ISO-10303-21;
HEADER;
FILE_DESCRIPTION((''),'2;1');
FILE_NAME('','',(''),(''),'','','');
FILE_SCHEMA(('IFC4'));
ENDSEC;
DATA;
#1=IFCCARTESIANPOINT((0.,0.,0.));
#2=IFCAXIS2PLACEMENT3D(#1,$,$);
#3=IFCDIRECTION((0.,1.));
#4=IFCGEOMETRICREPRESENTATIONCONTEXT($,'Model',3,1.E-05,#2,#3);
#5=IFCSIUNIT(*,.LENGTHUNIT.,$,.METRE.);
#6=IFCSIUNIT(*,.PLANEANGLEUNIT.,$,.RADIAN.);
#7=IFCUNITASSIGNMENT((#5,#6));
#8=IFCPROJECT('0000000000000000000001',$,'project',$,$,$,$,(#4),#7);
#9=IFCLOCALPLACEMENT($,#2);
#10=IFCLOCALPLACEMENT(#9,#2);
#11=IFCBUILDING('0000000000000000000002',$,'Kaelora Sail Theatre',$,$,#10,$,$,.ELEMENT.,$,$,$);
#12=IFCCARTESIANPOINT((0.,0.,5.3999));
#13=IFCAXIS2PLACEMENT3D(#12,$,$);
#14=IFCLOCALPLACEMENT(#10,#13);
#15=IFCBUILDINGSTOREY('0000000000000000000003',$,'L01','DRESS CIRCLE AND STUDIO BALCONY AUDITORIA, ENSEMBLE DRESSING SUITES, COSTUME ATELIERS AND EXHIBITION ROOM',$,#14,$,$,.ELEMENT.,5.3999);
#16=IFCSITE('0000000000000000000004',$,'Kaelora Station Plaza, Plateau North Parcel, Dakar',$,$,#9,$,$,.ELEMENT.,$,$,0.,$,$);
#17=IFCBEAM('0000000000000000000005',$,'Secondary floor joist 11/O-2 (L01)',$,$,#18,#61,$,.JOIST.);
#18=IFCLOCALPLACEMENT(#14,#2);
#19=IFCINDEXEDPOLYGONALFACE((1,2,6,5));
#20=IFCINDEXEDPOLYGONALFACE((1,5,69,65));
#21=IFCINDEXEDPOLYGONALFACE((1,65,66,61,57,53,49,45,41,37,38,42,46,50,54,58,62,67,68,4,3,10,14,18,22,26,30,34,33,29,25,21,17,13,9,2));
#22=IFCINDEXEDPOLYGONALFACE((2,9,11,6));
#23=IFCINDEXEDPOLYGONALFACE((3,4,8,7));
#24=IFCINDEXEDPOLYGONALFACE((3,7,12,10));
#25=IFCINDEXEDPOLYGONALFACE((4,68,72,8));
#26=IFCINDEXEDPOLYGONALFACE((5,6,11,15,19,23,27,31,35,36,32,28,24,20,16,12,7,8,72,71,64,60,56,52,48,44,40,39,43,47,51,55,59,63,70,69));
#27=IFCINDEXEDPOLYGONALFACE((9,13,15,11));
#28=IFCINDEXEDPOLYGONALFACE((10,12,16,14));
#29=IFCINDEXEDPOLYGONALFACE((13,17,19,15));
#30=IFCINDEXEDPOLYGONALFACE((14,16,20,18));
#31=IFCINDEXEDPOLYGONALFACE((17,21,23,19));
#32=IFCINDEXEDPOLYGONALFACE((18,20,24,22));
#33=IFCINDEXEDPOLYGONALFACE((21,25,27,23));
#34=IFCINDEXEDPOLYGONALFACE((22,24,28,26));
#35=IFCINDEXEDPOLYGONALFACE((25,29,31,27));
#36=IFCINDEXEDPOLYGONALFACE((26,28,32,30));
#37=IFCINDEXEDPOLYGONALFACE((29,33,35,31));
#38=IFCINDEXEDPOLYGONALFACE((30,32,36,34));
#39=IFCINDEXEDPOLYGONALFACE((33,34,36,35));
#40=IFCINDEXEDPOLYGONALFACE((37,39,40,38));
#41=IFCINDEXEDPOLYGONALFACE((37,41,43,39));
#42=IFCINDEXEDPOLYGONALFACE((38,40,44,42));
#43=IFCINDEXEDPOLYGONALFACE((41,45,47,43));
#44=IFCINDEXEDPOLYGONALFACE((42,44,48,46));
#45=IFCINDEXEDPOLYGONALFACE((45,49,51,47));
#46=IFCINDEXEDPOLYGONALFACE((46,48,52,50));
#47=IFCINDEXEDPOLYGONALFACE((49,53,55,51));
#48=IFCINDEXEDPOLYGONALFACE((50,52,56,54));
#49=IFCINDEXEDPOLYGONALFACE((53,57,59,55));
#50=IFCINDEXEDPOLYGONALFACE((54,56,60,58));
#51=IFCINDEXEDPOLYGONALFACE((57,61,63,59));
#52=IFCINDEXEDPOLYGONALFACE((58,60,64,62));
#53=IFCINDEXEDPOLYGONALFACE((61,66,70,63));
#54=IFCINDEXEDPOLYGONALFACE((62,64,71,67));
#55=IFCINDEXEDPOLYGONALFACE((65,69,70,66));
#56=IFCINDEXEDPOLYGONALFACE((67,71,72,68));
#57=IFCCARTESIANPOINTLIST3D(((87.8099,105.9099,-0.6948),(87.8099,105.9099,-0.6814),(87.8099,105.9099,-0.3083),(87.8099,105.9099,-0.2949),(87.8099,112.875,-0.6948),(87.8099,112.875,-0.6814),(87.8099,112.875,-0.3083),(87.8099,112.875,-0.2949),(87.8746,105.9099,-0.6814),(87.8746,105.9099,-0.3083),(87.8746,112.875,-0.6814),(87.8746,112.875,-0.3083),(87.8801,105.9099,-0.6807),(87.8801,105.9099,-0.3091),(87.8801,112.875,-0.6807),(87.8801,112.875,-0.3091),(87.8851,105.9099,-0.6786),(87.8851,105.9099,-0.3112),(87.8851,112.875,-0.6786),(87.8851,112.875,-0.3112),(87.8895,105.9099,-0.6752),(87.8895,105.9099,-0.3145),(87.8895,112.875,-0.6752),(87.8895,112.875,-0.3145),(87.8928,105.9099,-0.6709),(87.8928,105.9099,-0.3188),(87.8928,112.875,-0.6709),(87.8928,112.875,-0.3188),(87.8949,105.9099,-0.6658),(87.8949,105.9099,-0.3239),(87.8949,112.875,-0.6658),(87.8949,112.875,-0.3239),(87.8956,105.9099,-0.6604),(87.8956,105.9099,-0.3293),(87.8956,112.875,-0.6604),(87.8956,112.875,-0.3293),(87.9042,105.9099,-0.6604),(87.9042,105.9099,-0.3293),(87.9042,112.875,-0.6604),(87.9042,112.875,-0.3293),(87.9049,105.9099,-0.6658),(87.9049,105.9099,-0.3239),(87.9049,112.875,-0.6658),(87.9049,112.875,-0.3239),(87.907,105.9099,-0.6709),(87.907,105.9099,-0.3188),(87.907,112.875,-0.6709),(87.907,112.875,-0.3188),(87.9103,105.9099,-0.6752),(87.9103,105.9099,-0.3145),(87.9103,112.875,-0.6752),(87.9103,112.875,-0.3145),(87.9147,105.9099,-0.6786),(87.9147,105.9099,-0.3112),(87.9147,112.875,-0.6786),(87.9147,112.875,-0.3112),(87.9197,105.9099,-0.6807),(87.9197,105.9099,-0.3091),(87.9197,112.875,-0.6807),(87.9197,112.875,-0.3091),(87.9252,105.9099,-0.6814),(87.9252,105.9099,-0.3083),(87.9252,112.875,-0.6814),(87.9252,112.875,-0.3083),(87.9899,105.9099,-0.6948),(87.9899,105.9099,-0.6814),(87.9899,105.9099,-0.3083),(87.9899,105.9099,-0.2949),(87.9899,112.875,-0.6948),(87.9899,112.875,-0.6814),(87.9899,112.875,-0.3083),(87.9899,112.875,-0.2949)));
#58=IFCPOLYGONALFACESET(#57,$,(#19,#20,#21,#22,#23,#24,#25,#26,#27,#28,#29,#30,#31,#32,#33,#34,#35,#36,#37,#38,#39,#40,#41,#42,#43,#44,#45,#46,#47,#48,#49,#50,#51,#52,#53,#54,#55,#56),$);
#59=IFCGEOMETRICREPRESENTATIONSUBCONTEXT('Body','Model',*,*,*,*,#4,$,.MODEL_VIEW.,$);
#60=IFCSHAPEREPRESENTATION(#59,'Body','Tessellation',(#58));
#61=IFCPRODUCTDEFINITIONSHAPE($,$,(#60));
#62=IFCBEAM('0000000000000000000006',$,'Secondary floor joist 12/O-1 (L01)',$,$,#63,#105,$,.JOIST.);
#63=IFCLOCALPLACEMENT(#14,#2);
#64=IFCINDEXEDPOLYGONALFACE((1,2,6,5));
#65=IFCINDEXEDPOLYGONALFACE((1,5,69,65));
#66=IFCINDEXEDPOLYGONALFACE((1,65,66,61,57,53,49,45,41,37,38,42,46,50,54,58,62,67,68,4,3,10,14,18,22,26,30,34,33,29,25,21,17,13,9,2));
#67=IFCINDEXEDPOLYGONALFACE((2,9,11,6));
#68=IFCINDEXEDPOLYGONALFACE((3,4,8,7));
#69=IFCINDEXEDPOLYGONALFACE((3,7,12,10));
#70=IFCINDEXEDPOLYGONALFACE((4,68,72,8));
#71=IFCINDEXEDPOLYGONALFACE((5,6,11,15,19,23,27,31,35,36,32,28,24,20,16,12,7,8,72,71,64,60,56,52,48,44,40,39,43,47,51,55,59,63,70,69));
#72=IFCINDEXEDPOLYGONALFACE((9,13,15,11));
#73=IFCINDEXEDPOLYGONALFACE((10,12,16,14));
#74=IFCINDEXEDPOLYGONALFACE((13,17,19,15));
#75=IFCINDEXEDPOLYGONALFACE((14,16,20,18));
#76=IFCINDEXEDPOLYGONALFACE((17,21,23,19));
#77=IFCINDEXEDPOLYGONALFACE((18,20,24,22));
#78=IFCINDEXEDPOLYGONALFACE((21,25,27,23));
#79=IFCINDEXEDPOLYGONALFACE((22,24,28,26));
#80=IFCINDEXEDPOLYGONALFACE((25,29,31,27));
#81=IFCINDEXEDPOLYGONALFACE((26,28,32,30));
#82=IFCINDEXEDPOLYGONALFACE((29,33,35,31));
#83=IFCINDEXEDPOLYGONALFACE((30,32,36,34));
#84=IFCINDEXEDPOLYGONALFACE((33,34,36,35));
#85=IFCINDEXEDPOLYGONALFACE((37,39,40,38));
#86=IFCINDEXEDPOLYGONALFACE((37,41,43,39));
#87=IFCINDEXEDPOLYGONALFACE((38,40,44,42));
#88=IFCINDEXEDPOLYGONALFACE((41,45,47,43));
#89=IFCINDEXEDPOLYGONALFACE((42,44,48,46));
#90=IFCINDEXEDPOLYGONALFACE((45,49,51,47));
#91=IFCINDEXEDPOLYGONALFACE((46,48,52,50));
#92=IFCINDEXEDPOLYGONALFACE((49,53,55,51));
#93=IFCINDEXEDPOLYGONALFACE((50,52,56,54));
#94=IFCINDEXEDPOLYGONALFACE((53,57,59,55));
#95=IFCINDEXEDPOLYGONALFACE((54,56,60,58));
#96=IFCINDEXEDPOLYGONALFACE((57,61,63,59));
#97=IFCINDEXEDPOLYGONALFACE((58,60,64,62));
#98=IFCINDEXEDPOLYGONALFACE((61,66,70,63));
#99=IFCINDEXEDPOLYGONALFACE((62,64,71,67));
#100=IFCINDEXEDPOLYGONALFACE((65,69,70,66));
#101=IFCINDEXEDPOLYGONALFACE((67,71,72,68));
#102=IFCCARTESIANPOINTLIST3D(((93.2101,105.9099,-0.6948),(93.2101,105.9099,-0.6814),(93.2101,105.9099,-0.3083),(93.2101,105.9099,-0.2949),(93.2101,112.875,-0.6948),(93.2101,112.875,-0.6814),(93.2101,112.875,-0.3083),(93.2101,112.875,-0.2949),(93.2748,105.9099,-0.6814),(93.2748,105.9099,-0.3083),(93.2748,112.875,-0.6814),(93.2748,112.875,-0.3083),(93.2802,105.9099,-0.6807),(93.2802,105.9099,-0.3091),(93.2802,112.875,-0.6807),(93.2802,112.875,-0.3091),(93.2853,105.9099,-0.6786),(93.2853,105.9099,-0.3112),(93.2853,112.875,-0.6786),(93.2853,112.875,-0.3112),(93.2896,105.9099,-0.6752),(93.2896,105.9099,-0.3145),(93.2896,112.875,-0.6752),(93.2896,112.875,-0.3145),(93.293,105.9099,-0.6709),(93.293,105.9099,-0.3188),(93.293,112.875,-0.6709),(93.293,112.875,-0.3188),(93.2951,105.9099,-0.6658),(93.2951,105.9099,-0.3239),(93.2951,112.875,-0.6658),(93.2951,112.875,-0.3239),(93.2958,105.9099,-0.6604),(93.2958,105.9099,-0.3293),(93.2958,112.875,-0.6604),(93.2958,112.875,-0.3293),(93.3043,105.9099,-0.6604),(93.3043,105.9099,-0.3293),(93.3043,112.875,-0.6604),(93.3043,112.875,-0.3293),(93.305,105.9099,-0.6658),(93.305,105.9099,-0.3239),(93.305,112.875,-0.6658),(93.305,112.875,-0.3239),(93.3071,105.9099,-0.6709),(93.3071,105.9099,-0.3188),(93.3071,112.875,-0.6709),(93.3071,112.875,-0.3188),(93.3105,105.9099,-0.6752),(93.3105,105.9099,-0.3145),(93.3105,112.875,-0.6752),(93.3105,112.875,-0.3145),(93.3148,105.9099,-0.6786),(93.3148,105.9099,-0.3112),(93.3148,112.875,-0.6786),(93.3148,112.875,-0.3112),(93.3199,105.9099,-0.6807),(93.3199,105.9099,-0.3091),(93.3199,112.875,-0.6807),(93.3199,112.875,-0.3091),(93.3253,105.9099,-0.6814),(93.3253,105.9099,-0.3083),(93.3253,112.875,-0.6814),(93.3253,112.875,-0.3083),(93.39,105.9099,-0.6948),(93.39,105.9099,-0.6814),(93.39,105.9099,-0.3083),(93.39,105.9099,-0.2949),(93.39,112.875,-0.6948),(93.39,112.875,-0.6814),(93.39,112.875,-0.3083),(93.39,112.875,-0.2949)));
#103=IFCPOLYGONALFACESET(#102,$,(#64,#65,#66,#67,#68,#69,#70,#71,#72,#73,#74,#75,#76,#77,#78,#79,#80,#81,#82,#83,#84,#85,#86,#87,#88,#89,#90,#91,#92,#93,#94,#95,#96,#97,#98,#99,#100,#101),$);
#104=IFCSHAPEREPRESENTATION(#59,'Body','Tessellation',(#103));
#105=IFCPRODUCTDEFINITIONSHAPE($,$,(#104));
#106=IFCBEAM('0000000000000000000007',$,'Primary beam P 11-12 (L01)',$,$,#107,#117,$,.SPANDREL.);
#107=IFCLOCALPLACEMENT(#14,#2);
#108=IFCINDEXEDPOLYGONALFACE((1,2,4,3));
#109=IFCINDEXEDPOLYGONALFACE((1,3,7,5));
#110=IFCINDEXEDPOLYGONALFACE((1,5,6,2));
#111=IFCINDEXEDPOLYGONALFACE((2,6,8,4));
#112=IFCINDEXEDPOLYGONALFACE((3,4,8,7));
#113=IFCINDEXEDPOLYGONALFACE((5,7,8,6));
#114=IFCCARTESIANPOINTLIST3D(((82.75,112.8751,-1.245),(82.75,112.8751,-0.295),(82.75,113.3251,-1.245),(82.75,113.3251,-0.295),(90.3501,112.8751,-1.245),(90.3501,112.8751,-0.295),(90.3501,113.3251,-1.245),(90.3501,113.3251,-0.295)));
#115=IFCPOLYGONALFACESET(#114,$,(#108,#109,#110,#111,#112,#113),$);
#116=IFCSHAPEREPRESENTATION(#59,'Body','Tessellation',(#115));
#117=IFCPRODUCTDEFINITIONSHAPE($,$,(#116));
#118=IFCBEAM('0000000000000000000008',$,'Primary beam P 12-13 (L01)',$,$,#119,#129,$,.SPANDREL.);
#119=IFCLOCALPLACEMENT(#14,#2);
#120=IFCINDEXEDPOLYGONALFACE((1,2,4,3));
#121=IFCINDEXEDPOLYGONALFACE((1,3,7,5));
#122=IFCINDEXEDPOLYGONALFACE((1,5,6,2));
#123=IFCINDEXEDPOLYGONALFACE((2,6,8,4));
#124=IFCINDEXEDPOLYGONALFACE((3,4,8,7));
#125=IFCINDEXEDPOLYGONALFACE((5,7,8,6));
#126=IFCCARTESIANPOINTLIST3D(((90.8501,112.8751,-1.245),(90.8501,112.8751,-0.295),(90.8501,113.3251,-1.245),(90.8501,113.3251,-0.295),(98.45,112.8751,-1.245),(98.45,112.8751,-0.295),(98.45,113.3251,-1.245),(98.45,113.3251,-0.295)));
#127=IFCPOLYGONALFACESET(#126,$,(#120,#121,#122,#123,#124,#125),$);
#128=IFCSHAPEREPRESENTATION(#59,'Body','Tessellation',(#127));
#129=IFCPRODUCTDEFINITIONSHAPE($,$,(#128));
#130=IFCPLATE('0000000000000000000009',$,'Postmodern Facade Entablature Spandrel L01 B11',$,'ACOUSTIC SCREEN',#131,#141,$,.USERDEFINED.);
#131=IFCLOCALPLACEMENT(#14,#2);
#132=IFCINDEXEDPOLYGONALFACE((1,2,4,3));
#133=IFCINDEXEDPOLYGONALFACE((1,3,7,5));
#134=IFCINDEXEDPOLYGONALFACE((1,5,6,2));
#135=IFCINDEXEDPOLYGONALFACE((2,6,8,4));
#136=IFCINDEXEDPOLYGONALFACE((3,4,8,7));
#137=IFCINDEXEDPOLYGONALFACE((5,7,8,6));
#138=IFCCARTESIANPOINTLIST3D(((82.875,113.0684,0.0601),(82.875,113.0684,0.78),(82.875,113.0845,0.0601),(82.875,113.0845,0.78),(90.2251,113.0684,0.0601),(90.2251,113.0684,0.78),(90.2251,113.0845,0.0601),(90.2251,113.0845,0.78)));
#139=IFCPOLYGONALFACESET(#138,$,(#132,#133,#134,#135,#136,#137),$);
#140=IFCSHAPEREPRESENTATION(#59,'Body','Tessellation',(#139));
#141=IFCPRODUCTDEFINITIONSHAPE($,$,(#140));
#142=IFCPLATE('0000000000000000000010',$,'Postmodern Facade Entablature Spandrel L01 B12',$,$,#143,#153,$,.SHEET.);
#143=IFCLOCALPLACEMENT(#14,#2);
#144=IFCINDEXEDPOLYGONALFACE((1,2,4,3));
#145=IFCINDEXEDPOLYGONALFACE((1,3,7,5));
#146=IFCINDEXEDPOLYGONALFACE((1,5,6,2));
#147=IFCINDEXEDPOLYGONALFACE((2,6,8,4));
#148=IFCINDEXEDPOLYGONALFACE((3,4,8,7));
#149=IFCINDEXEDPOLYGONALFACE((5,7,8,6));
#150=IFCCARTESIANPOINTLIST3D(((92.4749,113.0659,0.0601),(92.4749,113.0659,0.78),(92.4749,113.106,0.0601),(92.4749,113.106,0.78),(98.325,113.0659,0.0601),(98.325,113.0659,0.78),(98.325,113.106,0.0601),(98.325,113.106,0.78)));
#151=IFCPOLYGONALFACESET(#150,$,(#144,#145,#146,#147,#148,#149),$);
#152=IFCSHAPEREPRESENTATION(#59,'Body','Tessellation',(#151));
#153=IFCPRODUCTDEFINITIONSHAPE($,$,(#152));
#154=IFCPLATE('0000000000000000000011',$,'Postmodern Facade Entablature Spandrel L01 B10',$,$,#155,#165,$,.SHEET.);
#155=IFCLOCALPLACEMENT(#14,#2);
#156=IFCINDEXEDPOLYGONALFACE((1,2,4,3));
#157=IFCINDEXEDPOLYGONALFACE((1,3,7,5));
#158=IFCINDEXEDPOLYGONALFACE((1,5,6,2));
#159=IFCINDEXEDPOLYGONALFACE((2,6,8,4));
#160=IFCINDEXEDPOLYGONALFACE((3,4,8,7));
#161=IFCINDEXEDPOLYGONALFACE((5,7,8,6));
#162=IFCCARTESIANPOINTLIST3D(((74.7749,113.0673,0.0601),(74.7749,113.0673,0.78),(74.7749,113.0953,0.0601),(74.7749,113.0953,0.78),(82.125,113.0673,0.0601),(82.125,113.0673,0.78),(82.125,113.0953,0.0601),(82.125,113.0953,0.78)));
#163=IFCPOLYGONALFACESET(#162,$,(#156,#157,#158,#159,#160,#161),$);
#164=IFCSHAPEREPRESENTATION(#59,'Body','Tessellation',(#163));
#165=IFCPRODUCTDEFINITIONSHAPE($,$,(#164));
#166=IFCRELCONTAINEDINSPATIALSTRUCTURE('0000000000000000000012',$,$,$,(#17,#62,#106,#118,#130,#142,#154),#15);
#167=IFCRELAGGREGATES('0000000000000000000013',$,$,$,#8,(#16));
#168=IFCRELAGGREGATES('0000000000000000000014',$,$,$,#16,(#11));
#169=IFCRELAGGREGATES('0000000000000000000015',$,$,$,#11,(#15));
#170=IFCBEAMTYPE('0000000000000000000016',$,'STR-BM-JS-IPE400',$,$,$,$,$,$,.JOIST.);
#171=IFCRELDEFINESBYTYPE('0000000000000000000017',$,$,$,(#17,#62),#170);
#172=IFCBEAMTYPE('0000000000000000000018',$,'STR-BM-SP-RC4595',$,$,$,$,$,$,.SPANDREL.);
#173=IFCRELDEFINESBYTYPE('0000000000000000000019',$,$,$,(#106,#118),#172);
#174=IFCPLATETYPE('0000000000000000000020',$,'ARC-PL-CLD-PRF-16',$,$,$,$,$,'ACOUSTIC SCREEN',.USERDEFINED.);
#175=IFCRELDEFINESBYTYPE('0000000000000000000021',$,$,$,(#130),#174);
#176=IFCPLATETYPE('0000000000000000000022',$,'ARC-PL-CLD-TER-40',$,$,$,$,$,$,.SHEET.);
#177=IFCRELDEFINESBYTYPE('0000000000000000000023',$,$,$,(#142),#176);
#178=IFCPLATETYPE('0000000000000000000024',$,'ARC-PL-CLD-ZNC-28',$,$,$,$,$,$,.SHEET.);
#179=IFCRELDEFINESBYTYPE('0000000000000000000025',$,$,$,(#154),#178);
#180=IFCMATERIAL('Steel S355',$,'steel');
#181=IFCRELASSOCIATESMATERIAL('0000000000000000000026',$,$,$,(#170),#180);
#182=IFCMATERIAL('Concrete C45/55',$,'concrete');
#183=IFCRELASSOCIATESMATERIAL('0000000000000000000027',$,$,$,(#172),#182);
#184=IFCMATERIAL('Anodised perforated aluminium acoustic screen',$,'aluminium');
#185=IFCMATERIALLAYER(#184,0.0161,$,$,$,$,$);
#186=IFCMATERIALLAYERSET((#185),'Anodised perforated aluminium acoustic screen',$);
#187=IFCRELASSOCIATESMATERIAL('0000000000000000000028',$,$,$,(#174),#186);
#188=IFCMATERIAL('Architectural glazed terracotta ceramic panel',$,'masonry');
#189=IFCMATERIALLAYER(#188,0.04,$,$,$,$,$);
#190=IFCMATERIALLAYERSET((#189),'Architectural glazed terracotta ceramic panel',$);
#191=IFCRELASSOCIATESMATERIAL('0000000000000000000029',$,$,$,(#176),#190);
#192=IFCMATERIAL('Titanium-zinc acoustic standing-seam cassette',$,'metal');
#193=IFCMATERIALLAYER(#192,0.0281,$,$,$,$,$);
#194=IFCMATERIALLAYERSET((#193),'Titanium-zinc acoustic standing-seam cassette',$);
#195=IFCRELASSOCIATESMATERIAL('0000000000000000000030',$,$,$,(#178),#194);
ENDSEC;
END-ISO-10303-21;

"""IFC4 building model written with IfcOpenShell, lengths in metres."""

from ifc_helpers import new_model, si_unit, direction, frame, origin, origin_2d, place, context, subcontext, project, spatial, rectangle, i_section, extrude, material, layer, layer_set, material_profile, profile_set, type_object, element, save


model = new_model("IFC4")

# Units and contexts
model_context = context("Model", 3, precision=1e-05, world=origin(), true_north=direction((0.0, 1.0)))
body_context = subcontext(model_context, "Body", "Model", "MODEL_VIEW")
ifc_project = project(units=[si_unit("LENGTHUNIT", "METRE"), si_unit("PLANEANGLEUNIT", "RADIAN")], contexts=[model_context])

# Site, building, storey
site_placement = place(None, origin())
site = spatial("IfcSite", under=ifc_project, at=site_placement, Name="Kaelora Station Plaza, Plateau North Parcel, Dakar", CompositionType="ELEMENT", RefElevation=0.0)
building_placement = place(site_placement, origin())
building = spatial("IfcBuilding", under=site, at=building_placement, Name="Kaelora Sail Theatre", CompositionType="ELEMENT")
storey_placement = place(building_placement, frame((0.0, 0.0, 5.3999)))
storey = spatial("IfcBuildingStorey", under=building, at=storey_placement, Name="L01", Description="DRESS CIRCLE AND STUDIO BALCONY AUDITORIA, ENSEMBLE DRESSING SUITES, COSTUME ATELIERS AND EXHIBITION ROOM", CompositionType="ELEMENT", Elevation=5.3999)

# Beams
ifc_material_1 = material(Name="Steel S355", Category="steel")
ifc_material_profile_1 = material_profile(ifc_material_1, i_section(OverallWidth=0.1799, OverallDepth=0.3999, WebThickness=0.0085, FlangeThickness=0.0134, FilletRadius=0.021, at=origin_2d()), Name="IPE 400")
ifc_profile_set_1 = profile_set([ifc_material_profile_1], Name="Steel S355")
beam_type_1 = type_object("IfcBeamType", Name="STR-BM-JS-IPE400", PredefinedType="JOIST", material=ifc_profile_set_1)
for number, where, z_axis, x_axis, name in (
    (1, (87.8999, 105.9099, -0.4949), (0.0, 1.0, 0.0), (-1.0, 0.0, 0.0), "Secondary floor joist 11/O-2 (L01)"),
    (2, (93.3, 105.9099, -0.4949), (0.0, 1.0, 0.0), (-1.0, 0.0, 0.0), "Secondary floor joist 12/O-1 (L01)"),
):
    element("IfcBeam", number, at=place(storey_placement, frame(where, z_axis=z_axis, x_axis=x_axis)), inside=storey, type_object=beam_type_1, Name=name, PredefinedType="JOIST", context=body_context, shape_type="SweptSolid", body=[
        extrude(i_section(OverallWidth=0.1799, OverallDepth=0.3999, WebThickness=0.0085, FlangeThickness=0.0134, FilletRadius=0.021, at=origin_2d()), origin(), (0.0, 0.0, 1.0), 6.9651),
    ])
ifc_material_2 = material(Name="Concrete C45/55", Category="concrete")
ifc_material_profile_2 = material_profile(ifc_material_2, rectangle(XDim=0.45, YDim=0.95, at=origin_2d()), Name="RC-SPN 450x950")
ifc_profile_set_2 = profile_set([ifc_material_profile_2], Name="Concrete C45/55")
beam_type_2 = type_object("IfcBeamType", Name="STR-BM-SP-RC4595", PredefinedType="SPANDREL", material=ifc_profile_set_2)
beam_1_placement = place(storey_placement, frame((82.75, 113.1001, -0.77), z_axis=(1.0, 0.0, 0.0), x_axis=(0.0, 1.0, 0.0)))
element("IfcBeam", 3, at=beam_1_placement, inside=storey, type_object=beam_type_2, Name="Primary beam P 11-12 (L01)", PredefinedType="SPANDREL", context=body_context, shape_type="SweptSolid", body=[
    extrude(rectangle(XDim=0.45, YDim=0.95, at=origin_2d()), origin(), (0.0, 0.0, 1.0), 7.6001),
])
beam_2_placement = place(storey_placement, frame((90.8501, 113.1001, -0.77), z_axis=(1.0, 0.0, 0.0), x_axis=(0.0, 1.0, 0.0)))
element("IfcBeam", 4, at=beam_2_placement, inside=storey, type_object=beam_type_2, Name="Primary beam P 12-13 (L01)", PredefinedType="SPANDREL", context=body_context, shape_type="SweptSolid", body=[
    extrude(rectangle(XDim=0.45, YDim=0.95, at=origin_2d()), origin(), (0.0, 0.0, 1.0), 7.5999),
])

# Plates
ifc_material_3 = material(Name="Anodised perforated aluminium acoustic screen", Category="aluminium")
ifc_layer_1 = layer(ifc_material_3, 0.0161)
ifc_layer_set_1 = layer_set([ifc_layer_1], Name="Anodised perforated aluminium acoustic screen")
plate_type_1 = type_object("IfcPlateType", Name="ARC-PL-CLD-PRF-16", ElementType="ACOUSTIC SCREEN", PredefinedType="USERDEFINED", material=ifc_layer_set_1)
plate_1_placement = place(storey_placement, frame((86.55, 113.0764, 0.0601), z_axis=(0.0, 0.0, 1.0), x_axis=(1.0, 0.0, 0.0)))
element("IfcPlate", 5, at=plate_1_placement, inside=storey, type_object=plate_type_1, Name="Postmodern Facade Entablature Spandrel L01 B11", ObjectType="ACOUSTIC SCREEN", PredefinedType="USERDEFINED", context=body_context, shape_type="SweptSolid", body=[
    extrude(rectangle(XDim=7.3501, YDim=0.0161, at=origin_2d()), origin(), (0.0, 0.0, 1.0), 0.72),
])
ifc_material_4 = material(Name="Architectural glazed terracotta ceramic panel", Category="masonry")
ifc_layer_2 = layer(ifc_material_4, 0.04)
ifc_layer_set_2 = layer_set([ifc_layer_2], Name="Architectural glazed terracotta ceramic panel")
plate_type_2 = type_object("IfcPlateType", Name="ARC-PL-CLD-TER-40", PredefinedType="SHEET", material=ifc_layer_set_2)
plate_2_placement = place(storey_placement, frame((95.3999, 113.0859, 0.0601), z_axis=(0.0, 0.0, 1.0), x_axis=(1.0, 0.0, 0.0)))
element("IfcPlate", 6, at=plate_2_placement, inside=storey, type_object=plate_type_2, Name="Postmodern Facade Entablature Spandrel L01 B12", PredefinedType="SHEET", context=body_context, shape_type="SweptSolid", body=[
    extrude(rectangle(XDim=5.8501, YDim=0.04, at=origin_2d()), origin(), (0.0, 0.0, 1.0), 0.72),
])
ifc_material_5 = material(Name="Titanium-zinc acoustic standing-seam cassette", Category="metal")
ifc_layer_3 = layer(ifc_material_5, 0.0281)
ifc_layer_set_3 = layer_set([ifc_layer_3], Name="Titanium-zinc acoustic standing-seam cassette")
plate_type_3 = type_object("IfcPlateType", Name="ARC-PL-CLD-ZNC-28", PredefinedType="SHEET", material=ifc_layer_set_3)
plate_3_placement = place(storey_placement, frame((78.45, 113.0813, 0.0601), z_axis=(0.0, 0.0, 1.0), x_axis=(1.0, 0.0, 0.0)))
element("IfcPlate", 7, at=plate_3_placement, inside=storey, type_object=plate_type_3, Name="Postmodern Facade Entablature Spandrel L01 B10", PredefinedType="SHEET", context=body_context, shape_type="SweptSolid", body=[
    extrude(rectangle(XDim=7.3501, YDim=0.0281, at=origin_2d()), origin(), (0.0, 0.0, 1.0), 0.72),
])

save(model, "model.ifc")
